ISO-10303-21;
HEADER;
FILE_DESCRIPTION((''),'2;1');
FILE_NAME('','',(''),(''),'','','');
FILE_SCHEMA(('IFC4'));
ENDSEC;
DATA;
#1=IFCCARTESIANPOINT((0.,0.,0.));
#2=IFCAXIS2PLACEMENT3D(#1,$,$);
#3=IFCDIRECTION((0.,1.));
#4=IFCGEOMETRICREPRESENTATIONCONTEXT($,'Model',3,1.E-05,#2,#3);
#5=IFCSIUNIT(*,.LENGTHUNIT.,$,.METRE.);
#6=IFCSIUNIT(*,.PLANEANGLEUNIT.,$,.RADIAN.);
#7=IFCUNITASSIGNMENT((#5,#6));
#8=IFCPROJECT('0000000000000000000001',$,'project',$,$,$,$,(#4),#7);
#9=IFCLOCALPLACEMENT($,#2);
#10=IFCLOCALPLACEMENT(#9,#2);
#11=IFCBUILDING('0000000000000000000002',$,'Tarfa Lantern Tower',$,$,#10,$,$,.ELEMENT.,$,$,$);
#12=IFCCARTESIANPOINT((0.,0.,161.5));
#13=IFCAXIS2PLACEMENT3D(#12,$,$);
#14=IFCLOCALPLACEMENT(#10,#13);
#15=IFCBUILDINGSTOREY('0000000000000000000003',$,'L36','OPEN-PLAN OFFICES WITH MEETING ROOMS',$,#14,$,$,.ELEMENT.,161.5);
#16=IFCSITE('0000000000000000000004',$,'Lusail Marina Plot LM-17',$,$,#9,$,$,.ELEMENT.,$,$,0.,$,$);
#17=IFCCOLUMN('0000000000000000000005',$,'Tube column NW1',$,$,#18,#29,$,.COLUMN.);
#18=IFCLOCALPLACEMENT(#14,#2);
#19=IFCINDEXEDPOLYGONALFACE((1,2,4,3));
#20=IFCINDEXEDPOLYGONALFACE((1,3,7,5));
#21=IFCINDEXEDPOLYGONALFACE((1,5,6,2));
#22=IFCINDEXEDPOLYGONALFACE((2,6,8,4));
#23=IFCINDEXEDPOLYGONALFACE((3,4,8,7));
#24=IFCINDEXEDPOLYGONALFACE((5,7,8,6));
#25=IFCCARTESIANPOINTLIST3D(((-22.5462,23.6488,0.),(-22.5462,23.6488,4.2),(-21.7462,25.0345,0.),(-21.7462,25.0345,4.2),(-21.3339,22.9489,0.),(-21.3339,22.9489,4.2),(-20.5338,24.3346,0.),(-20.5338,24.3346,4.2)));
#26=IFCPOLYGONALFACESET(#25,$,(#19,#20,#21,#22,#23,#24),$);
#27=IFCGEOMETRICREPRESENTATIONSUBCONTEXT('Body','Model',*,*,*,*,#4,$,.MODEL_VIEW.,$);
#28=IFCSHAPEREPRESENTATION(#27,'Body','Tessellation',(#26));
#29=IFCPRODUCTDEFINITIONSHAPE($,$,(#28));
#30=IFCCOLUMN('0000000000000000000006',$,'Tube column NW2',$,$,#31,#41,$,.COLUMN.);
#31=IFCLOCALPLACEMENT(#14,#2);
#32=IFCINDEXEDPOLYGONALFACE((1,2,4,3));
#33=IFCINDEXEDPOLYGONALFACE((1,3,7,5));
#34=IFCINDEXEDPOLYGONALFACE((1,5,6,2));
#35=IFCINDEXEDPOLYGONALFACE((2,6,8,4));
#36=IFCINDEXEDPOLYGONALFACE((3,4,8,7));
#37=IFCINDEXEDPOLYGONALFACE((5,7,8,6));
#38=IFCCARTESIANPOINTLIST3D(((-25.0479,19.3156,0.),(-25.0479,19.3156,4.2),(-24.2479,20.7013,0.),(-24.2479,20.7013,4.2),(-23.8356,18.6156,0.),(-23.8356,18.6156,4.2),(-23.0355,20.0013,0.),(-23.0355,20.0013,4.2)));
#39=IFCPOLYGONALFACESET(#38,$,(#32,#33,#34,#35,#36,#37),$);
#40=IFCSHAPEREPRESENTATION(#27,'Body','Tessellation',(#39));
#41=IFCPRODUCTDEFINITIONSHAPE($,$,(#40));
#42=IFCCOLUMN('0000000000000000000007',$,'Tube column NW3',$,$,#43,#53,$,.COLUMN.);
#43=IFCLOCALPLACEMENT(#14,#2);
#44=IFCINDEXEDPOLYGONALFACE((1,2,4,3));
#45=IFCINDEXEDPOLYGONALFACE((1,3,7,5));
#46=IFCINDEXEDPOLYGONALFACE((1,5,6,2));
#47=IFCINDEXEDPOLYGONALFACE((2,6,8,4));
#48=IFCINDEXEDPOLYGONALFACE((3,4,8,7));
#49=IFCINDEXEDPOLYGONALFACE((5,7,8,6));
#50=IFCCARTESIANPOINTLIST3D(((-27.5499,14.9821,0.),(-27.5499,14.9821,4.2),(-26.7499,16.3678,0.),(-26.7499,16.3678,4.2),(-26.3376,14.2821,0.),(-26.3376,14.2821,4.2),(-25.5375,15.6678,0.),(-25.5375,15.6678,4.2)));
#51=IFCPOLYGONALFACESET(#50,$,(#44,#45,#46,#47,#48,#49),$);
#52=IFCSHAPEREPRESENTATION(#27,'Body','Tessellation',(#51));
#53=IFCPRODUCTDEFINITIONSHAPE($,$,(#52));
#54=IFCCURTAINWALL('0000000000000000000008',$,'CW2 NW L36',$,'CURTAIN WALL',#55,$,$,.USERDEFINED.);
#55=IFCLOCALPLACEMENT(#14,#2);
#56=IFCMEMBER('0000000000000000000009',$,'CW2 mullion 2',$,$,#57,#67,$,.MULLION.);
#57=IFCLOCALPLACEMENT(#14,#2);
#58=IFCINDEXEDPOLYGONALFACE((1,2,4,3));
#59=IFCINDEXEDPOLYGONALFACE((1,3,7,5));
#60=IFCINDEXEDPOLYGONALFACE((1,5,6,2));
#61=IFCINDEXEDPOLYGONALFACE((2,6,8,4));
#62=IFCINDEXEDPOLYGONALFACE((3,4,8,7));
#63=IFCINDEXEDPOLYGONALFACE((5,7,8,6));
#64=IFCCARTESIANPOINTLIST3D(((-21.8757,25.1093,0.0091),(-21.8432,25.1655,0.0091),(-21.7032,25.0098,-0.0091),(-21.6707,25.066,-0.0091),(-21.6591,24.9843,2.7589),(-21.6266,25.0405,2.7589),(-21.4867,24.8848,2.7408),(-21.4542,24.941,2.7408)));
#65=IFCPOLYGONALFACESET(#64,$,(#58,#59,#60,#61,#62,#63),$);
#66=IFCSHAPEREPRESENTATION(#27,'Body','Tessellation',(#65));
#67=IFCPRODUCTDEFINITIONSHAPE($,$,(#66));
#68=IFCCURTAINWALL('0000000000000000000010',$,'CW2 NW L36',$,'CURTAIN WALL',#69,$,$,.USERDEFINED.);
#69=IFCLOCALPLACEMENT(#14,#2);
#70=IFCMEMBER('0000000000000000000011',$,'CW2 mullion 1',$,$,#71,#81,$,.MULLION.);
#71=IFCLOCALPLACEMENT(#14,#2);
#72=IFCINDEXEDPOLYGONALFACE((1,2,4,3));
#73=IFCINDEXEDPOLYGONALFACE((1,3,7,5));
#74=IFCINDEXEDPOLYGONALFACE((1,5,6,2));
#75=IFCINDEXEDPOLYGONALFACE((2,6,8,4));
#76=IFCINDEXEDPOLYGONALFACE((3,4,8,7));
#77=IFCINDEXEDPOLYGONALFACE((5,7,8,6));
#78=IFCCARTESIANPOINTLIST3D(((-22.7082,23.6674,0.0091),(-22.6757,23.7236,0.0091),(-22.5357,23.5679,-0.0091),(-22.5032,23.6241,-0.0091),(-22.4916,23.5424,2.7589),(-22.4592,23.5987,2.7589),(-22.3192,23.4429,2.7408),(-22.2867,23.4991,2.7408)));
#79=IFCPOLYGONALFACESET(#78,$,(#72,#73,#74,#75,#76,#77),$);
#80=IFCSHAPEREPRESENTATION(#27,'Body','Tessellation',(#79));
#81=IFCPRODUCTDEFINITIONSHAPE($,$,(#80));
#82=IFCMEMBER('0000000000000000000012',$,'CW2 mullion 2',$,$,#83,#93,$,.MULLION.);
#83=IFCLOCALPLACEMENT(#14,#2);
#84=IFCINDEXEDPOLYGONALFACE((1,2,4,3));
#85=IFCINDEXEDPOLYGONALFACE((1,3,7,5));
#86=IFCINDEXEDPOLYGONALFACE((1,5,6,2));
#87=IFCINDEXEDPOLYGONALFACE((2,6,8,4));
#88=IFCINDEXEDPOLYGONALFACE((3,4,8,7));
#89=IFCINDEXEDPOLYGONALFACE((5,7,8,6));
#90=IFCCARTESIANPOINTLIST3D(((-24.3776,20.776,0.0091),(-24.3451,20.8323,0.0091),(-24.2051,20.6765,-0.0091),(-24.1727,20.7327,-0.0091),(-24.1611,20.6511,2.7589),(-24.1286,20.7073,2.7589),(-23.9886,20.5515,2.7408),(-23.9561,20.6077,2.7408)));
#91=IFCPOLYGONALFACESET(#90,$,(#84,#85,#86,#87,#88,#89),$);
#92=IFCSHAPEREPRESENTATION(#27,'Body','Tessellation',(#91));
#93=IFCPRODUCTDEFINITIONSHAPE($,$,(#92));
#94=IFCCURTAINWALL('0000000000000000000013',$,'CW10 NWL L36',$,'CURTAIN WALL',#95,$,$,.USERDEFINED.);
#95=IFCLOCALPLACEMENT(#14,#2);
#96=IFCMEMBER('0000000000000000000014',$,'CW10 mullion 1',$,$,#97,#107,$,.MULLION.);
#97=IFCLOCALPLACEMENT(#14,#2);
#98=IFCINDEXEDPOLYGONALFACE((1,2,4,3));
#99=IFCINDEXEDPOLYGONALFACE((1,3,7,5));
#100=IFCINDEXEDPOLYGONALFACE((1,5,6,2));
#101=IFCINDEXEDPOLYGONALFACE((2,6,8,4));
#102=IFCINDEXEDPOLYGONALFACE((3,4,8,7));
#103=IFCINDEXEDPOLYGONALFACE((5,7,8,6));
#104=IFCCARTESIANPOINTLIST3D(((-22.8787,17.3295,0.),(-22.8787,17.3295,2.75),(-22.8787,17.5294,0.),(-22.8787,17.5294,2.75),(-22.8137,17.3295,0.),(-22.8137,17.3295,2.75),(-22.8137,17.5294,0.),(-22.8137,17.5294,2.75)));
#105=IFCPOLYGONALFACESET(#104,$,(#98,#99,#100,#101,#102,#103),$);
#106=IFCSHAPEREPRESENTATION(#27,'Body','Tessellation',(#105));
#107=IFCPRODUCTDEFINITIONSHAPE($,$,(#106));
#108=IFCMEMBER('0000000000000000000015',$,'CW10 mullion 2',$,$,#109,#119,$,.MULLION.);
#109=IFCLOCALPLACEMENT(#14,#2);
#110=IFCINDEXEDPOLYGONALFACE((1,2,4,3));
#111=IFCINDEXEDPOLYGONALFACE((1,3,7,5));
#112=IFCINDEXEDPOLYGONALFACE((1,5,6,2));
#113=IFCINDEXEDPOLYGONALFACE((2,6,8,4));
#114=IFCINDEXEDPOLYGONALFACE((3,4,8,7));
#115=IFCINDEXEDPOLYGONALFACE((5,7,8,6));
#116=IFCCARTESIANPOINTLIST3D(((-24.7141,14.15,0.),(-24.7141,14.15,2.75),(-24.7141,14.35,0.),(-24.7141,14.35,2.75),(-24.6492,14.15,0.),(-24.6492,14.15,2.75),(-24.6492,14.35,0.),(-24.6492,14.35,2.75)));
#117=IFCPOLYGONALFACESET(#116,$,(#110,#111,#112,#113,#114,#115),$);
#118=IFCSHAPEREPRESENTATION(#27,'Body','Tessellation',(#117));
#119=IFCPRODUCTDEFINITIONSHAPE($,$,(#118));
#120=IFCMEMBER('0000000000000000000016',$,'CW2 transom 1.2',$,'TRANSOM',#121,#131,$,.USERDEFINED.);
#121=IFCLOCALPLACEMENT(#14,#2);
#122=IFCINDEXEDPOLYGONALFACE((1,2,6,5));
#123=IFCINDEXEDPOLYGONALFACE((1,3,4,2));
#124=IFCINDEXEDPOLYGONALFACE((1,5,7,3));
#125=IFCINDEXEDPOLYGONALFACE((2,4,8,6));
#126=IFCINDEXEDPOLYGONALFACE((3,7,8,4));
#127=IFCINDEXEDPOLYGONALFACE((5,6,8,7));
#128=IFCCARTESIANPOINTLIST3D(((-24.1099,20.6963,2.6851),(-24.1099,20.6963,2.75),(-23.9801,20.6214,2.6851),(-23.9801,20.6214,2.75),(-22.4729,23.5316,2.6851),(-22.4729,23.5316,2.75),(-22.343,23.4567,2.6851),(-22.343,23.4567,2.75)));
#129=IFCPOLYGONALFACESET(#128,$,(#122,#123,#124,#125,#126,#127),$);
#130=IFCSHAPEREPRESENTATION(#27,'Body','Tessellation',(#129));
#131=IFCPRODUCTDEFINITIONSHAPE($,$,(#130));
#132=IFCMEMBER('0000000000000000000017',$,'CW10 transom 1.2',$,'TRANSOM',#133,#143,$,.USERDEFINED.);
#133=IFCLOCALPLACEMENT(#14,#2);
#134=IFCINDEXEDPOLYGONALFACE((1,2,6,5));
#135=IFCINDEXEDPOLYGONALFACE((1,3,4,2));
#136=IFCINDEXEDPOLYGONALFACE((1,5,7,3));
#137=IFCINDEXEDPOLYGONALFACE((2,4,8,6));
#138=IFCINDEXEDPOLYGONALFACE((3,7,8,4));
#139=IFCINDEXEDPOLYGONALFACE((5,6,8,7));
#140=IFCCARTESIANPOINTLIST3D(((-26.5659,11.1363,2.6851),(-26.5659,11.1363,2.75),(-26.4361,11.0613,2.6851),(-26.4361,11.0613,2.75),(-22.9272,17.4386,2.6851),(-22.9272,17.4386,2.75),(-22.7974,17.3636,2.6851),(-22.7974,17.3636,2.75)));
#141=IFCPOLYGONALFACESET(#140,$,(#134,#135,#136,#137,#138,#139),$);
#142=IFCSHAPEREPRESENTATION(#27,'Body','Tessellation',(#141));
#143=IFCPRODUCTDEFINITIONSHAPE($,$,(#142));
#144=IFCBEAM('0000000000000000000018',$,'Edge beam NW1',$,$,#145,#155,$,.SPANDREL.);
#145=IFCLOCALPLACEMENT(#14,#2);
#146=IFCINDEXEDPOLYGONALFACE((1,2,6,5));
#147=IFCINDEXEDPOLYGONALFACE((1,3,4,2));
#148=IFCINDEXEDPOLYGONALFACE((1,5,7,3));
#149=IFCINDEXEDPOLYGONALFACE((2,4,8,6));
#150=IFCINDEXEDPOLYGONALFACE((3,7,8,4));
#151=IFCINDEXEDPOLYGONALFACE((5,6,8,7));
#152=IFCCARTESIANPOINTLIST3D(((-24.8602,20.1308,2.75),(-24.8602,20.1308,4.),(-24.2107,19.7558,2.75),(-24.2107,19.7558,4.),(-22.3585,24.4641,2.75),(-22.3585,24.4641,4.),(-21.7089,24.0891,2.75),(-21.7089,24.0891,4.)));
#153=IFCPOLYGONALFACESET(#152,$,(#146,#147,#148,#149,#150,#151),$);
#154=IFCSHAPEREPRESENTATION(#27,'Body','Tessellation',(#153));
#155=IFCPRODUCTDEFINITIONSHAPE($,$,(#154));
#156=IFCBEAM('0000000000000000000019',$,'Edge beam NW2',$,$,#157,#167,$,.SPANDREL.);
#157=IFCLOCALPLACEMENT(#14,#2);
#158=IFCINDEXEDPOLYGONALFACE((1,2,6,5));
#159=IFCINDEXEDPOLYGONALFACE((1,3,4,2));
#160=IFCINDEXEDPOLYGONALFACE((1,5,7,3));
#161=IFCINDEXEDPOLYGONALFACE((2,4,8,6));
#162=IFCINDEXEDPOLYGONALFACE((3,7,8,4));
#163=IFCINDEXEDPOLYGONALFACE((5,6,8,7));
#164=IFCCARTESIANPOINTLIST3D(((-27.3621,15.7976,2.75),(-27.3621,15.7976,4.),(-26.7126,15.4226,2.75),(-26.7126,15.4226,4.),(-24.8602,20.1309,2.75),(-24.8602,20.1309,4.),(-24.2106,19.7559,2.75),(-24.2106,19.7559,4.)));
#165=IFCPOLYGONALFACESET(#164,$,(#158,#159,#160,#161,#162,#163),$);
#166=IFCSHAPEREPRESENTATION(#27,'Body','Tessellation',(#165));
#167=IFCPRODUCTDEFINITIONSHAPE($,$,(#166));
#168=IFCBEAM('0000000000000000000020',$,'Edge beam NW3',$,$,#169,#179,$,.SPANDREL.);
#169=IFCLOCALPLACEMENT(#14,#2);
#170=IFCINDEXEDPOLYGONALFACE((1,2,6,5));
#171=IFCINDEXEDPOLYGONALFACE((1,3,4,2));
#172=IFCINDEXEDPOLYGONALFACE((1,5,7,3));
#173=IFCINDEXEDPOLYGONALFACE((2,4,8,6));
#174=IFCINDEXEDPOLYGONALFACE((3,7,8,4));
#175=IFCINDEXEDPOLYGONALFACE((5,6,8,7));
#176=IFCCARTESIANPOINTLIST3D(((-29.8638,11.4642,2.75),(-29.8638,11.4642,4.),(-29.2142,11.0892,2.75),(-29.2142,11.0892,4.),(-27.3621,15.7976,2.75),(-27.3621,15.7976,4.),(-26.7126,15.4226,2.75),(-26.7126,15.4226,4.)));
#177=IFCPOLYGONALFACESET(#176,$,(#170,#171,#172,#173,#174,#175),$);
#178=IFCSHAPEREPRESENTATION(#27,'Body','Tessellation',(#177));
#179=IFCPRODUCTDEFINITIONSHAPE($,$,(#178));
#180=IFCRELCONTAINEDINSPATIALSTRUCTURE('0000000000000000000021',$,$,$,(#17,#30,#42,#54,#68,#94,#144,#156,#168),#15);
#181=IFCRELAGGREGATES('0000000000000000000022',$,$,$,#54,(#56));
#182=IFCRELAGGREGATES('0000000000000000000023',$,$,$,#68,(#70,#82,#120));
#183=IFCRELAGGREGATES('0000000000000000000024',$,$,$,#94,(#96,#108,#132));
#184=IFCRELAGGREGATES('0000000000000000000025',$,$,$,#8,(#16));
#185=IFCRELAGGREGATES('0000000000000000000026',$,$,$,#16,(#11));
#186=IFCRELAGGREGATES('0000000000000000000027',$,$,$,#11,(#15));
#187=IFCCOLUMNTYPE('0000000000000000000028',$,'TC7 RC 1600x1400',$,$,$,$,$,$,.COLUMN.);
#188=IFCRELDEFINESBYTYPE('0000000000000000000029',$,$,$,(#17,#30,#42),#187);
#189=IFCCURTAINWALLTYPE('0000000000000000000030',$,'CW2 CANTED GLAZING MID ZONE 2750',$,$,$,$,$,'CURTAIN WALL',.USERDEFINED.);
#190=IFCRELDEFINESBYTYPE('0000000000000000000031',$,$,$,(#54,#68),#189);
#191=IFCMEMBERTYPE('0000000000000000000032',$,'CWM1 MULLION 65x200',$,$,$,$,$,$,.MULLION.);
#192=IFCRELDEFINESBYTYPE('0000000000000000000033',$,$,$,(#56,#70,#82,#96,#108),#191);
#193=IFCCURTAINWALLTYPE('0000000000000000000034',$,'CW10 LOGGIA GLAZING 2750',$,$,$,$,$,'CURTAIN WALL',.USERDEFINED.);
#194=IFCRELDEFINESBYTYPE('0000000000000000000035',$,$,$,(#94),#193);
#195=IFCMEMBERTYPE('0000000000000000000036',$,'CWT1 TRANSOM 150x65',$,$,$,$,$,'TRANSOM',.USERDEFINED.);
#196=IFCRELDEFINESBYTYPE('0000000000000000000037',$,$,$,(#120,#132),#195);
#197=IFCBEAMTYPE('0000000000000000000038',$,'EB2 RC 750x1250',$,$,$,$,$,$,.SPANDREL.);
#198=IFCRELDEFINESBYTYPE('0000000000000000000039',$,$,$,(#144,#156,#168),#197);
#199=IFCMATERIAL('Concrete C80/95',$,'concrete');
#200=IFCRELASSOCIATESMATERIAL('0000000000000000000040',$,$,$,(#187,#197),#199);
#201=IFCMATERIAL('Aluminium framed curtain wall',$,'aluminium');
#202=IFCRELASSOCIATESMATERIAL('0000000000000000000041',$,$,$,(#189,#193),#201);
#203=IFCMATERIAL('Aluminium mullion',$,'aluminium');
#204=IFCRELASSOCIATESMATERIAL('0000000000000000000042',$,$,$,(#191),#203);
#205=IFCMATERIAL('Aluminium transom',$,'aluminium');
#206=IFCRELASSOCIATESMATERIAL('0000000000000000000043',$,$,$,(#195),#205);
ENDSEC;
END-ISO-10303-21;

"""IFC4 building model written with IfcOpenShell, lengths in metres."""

from ifc_helpers import new_model, si_unit, direction, frame, origin, origin_2d, place, context, subcontext, project, spatial, rectangle, extrude, material, material_profile, profile_set, type_object, element, aggregate, save


model = new_model("IFC4")

# Units and contexts
model_context = context("Model", 3, precision=1e-05, world=origin(), true_north=direction((0.0, 1.0)))
body_context = subcontext(model_context, "Body", "Model", "MODEL_VIEW")
ifc_project = project(units=[si_unit("LENGTHUNIT", "METRE"), si_unit("PLANEANGLEUNIT", "RADIAN")], contexts=[model_context])

# Site, building, storey
site_placement = place(None, origin())
site = spatial("IfcSite", under=ifc_project, at=site_placement, Name="Lusail Marina Plot LM-17", CompositionType="ELEMENT", RefElevation=0.0)
building_placement = place(site_placement, origin())
building = spatial("IfcBuilding", under=site, at=building_placement, Name="Tarfa Lantern Tower", CompositionType="ELEMENT")
storey_placement = place(building_placement, frame((0.0, 0.0, 161.5)))
storey = spatial("IfcBuildingStorey", under=building, at=storey_placement, Name="L36", Description="OPEN-PLAN OFFICES WITH MEETING ROOMS", CompositionType="ELEMENT", Elevation=161.5)

# Columns
ifc_material_1 = material(Name="Concrete C80/95", Category="concrete")
ifc_material_profile_1 = material_profile(ifc_material_1, rectangle(XDim=1.6001, YDim=1.3999, at=origin_2d()), Name="RC 1600x1400")
ifc_profile_set_1 = profile_set([ifc_material_profile_1], Name="Concrete C80/95")
column_type = type_object("IfcColumnType", Name="TC7 RC 1600x1400", PredefinedType="COLUMN", material=ifc_profile_set_1)
for number, where, z_axis, x_axis, name in (
    (1, (-21.54, 23.9917, 0.0), (0.0, 0.0, 1.0), (-0.5, -0.866025, 0.0), "Tube column NW1"),
    (2, (-24.0417, 19.6584, 0.0), (0.0, 0.0, 1.0), (-0.5, -0.866025, 0.0), "Tube column NW2"),
    (3, (-26.5437, 15.325, 0.0), (0.0, 0.0, 1.0), (-0.5, -0.866025, 0.0), "Tube column NW3"),
):
    element("IfcColumn", number, at=place(storey_placement, frame(where, z_axis=z_axis, x_axis=x_axis)), inside=storey, type_object=column_type, Name=name, PredefinedType="COLUMN", context=body_context, shape_type="SweptSolid", body=[
        extrude(rectangle(XDim=1.6001, YDim=1.3999, at=origin_2d()), origin(), (0.0, 0.0, 1.0), 4.2),
    ])

# Curtain wall, member
ifc_material_2 = material(Name="Aluminium framed curtain wall", Category="aluminium")
curtain_wall_type_1 = type_object("IfcCurtainWallType", Name="CW2 CANTED GLAZING MID ZONE 2750", ElementType="CURTAIN WALL", PredefinedType="USERDEFINED", material=ifc_material_2)
curtain_wall_1_placement = place(storey_placement, origin())
curtain_wall_1 = element("IfcCurtainWall", 4, at=curtain_wall_1_placement, inside=storey, type_object=curtain_wall_type_1, Name="CW2 NW L36", ObjectType="CURTAIN WALL", PredefinedType="USERDEFINED")
ifc_material_3 = material(Name="Aluminium mullion", Category="aluminium")
ifc_material_profile_2 = material_profile(ifc_material_3, rectangle(XDim=0.0649, YDim=0.2, at=origin_2d()), Name="AL MULLION 65x200")
ifc_profile_set_2 = profile_set([ifc_material_profile_2], Name="Aluminium mullion")
member_type_1 = type_object("IfcMemberType", Name="CWM1 MULLION 65x200", PredefinedType="MULLION", material=ifc_profile_set_2)
member_1_placement = place(storey_placement, frame((-21.7732, 25.0876, 0.0), z_axis=(0.078423, -0.045268, 0.995892), x_axis=(0.49992, 0.866072, 0.0)))
member_1 = element("IfcMember", 5, at=member_1_placement, type_object=member_type_1, Name="CW2 mullion 2", PredefinedType="MULLION", context=body_context, shape_type="SweptSolid", body=[
    extrude(rectangle(XDim=0.0649, YDim=0.2, at=origin_2d()), origin(), (0.0, 0.0, 1.0), 2.7612),
])
aggregate(curtain_wall_1, [member_1])

# Curtain walls, members
curtain_wall_2_placement = place(storey_placement, origin())
curtain_wall_2 = element("IfcCurtainWall", 6, at=curtain_wall_2_placement, inside=storey, type_object=curtain_wall_type_1, Name="CW2 NW L36", ObjectType="CURTAIN WALL", PredefinedType="USERDEFINED")
member_2_placement = place(storey_placement, frame((-22.6057, 23.6458, 0.0), z_axis=(0.078423, -0.045268, 0.995892), x_axis=(0.49992, 0.866072, 0.0)))
member_2 = element("IfcMember", 7, at=member_2_placement, type_object=member_type_1, Name="CW2 mullion 1", PredefinedType="MULLION", context=body_context, shape_type="SweptSolid", body=[
    extrude(rectangle(XDim=0.0649, YDim=0.2, at=origin_2d()), origin(), (0.0, 0.0, 1.0), 2.7612),
])
member_3_placement = place(storey_placement, frame((-24.2751, 20.7544, 0.0), z_axis=(0.078423, -0.045268, 0.995892), x_axis=(0.49992, 0.866072, 0.0)))
member_3 = element("IfcMember", 8, at=member_3_placement, type_object=member_type_1, Name="CW2 mullion 2", PredefinedType="MULLION", context=body_context, shape_type="SweptSolid", body=[
    extrude(rectangle(XDim=0.0649, YDim=0.2, at=origin_2d()), origin(), (0.0, 0.0, 1.0), 2.7612),
])
curtain_wall_type_2 = type_object("IfcCurtainWallType", Name="CW10 LOGGIA GLAZING 2750", ElementType="CURTAIN WALL", PredefinedType="USERDEFINED", material=ifc_material_2)
curtain_wall_3_placement = place(storey_placement, origin())
curtain_wall_3 = element("IfcCurtainWall", 9, at=curtain_wall_3_placement, inside=storey, type_object=curtain_wall_type_2, Name="CW10 NWL L36", ObjectType="CURTAIN WALL", PredefinedType="USERDEFINED")
member_4_placement = place(storey_placement, frame((-22.8462, 17.4294, 0.0), z_axis=(0.0, 0.0, 1.0), x_axis=(1.0, 0.0, 0.0)))
member_4 = element("IfcMember", 10, at=member_4_placement, type_object=member_type_1, Name="CW10 mullion 1", PredefinedType="MULLION", context=body_context, shape_type="SweptSolid", body=[
    extrude(rectangle(XDim=0.0649, YDim=0.2, at=origin_2d()), origin(), (0.0, 0.0, 1.0), 2.75),
])
member_5_placement = place(storey_placement, frame((-24.6816, 14.25, 0.0), z_axis=(0.0, 0.0, 1.0), x_axis=(1.0, 0.0, 0.0)))
member_5 = element("IfcMember", 11, at=member_5_placement, type_object=member_type_1, Name="CW10 mullion 2", PredefinedType="MULLION", context=body_context, shape_type="SweptSolid", body=[
    extrude(rectangle(XDim=0.0649, YDim=0.2, at=origin_2d()), origin(), (0.0, 0.0, 1.0), 2.75),
])

# Members
ifc_material_4 = material(Name="Aluminium transom", Category="aluminium")
ifc_material_profile_3 = material_profile(ifc_material_4, rectangle(XDim=0.1499, YDim=0.0649, at=origin_2d()), Name="AL TRANSOM 150x65")
ifc_profile_set_3 = profile_set([ifc_material_profile_3], Name="Aluminium transom")
member_type_2 = type_object("IfcMemberType", Name="CWT1 TRANSOM 150x65", ElementType="TRANSOM", PredefinedType="USERDEFINED", material=ifc_profile_set_3)
member_6_placement = place(storey_placement, frame((-22.408, 23.4941, 2.7175), z_axis=(-0.500013, -0.866018, 0.0), x_axis=(0.866018, -0.500013, 0.0)))
member_6 = element("IfcMember", 12, at=member_6_placement, type_object=member_type_2, Name="CW2 transom 1.2", ObjectType="TRANSOM", PredefinedType="USERDEFINED", context=body_context, shape_type="SweptSolid", body=[
    extrude(rectangle(XDim=0.1499, YDim=0.0649, at=origin_2d()), origin(), (0.0, 0.0, 1.0), 3.2739),
])
member_7_placement = place(storey_placement, frame((-22.8623, 17.4011, 2.7175), z_axis=(-0.500007, -0.866021, 0.0), x_axis=(0.866021, -0.500007, 0.0)))
member_7 = element("IfcMember", 13, at=member_7_placement, type_object=member_type_2, Name="CW10 transom 1.2", ObjectType="TRANSOM", PredefinedType="USERDEFINED", context=body_context, shape_type="SweptSolid", body=[
    extrude(rectangle(XDim=0.1499, YDim=0.0649, at=origin_2d()), origin(), (0.0, 0.0, 1.0), 7.2773),
])

# Beams
ifc_material_profile_4 = material_profile(ifc_material_1, rectangle(XDim=0.75, YDim=1.25, at=origin_2d()), Name="RC 750x1250")
ifc_profile_set_4 = profile_set([ifc_material_profile_4], Name="Concrete C80/95")
beam_type_1 = type_object("IfcBeamType", Name="EB2 RC 750x1250", PredefinedType="SPANDREL", material=ifc_profile_set_4)
for number, where, z_axis, x_axis, name in (
    (14, (-22.0337, 24.2766, 3.375), (-0.499986, -0.866034, 0.0), (0.866034, -0.499986, 0.0), "Edge beam NW1"),
    (15, (-24.5354, 19.9434, 3.375), (-0.500022, -0.866013, 0.0), (0.866013, -0.500022, 0.0), "Edge beam NW2"),
    (16, (-27.0374, 15.6101, 3.375), (-0.499965, -0.866046, 0.0), (0.866046, -0.499965, 0.0), "Edge beam NW3"),
):
    element("IfcBeam", number, at=place(storey_placement, frame(where, z_axis=z_axis, x_axis=x_axis)), inside=storey, type_object=beam_type_1, Name=name, PredefinedType="SPANDREL", context=body_context, shape_type="SweptSolid", body=[
        extrude(rectangle(XDim=0.75, YDim=1.25, at=origin_2d()), origin(), (0.0, 0.0, 1.0), 5.0037),
    ])

aggregate(curtain_wall_2, [member_2, member_3, member_6])
aggregate(curtain_wall_3, [member_4, member_5, member_7])

save(model, "model.ifc")
